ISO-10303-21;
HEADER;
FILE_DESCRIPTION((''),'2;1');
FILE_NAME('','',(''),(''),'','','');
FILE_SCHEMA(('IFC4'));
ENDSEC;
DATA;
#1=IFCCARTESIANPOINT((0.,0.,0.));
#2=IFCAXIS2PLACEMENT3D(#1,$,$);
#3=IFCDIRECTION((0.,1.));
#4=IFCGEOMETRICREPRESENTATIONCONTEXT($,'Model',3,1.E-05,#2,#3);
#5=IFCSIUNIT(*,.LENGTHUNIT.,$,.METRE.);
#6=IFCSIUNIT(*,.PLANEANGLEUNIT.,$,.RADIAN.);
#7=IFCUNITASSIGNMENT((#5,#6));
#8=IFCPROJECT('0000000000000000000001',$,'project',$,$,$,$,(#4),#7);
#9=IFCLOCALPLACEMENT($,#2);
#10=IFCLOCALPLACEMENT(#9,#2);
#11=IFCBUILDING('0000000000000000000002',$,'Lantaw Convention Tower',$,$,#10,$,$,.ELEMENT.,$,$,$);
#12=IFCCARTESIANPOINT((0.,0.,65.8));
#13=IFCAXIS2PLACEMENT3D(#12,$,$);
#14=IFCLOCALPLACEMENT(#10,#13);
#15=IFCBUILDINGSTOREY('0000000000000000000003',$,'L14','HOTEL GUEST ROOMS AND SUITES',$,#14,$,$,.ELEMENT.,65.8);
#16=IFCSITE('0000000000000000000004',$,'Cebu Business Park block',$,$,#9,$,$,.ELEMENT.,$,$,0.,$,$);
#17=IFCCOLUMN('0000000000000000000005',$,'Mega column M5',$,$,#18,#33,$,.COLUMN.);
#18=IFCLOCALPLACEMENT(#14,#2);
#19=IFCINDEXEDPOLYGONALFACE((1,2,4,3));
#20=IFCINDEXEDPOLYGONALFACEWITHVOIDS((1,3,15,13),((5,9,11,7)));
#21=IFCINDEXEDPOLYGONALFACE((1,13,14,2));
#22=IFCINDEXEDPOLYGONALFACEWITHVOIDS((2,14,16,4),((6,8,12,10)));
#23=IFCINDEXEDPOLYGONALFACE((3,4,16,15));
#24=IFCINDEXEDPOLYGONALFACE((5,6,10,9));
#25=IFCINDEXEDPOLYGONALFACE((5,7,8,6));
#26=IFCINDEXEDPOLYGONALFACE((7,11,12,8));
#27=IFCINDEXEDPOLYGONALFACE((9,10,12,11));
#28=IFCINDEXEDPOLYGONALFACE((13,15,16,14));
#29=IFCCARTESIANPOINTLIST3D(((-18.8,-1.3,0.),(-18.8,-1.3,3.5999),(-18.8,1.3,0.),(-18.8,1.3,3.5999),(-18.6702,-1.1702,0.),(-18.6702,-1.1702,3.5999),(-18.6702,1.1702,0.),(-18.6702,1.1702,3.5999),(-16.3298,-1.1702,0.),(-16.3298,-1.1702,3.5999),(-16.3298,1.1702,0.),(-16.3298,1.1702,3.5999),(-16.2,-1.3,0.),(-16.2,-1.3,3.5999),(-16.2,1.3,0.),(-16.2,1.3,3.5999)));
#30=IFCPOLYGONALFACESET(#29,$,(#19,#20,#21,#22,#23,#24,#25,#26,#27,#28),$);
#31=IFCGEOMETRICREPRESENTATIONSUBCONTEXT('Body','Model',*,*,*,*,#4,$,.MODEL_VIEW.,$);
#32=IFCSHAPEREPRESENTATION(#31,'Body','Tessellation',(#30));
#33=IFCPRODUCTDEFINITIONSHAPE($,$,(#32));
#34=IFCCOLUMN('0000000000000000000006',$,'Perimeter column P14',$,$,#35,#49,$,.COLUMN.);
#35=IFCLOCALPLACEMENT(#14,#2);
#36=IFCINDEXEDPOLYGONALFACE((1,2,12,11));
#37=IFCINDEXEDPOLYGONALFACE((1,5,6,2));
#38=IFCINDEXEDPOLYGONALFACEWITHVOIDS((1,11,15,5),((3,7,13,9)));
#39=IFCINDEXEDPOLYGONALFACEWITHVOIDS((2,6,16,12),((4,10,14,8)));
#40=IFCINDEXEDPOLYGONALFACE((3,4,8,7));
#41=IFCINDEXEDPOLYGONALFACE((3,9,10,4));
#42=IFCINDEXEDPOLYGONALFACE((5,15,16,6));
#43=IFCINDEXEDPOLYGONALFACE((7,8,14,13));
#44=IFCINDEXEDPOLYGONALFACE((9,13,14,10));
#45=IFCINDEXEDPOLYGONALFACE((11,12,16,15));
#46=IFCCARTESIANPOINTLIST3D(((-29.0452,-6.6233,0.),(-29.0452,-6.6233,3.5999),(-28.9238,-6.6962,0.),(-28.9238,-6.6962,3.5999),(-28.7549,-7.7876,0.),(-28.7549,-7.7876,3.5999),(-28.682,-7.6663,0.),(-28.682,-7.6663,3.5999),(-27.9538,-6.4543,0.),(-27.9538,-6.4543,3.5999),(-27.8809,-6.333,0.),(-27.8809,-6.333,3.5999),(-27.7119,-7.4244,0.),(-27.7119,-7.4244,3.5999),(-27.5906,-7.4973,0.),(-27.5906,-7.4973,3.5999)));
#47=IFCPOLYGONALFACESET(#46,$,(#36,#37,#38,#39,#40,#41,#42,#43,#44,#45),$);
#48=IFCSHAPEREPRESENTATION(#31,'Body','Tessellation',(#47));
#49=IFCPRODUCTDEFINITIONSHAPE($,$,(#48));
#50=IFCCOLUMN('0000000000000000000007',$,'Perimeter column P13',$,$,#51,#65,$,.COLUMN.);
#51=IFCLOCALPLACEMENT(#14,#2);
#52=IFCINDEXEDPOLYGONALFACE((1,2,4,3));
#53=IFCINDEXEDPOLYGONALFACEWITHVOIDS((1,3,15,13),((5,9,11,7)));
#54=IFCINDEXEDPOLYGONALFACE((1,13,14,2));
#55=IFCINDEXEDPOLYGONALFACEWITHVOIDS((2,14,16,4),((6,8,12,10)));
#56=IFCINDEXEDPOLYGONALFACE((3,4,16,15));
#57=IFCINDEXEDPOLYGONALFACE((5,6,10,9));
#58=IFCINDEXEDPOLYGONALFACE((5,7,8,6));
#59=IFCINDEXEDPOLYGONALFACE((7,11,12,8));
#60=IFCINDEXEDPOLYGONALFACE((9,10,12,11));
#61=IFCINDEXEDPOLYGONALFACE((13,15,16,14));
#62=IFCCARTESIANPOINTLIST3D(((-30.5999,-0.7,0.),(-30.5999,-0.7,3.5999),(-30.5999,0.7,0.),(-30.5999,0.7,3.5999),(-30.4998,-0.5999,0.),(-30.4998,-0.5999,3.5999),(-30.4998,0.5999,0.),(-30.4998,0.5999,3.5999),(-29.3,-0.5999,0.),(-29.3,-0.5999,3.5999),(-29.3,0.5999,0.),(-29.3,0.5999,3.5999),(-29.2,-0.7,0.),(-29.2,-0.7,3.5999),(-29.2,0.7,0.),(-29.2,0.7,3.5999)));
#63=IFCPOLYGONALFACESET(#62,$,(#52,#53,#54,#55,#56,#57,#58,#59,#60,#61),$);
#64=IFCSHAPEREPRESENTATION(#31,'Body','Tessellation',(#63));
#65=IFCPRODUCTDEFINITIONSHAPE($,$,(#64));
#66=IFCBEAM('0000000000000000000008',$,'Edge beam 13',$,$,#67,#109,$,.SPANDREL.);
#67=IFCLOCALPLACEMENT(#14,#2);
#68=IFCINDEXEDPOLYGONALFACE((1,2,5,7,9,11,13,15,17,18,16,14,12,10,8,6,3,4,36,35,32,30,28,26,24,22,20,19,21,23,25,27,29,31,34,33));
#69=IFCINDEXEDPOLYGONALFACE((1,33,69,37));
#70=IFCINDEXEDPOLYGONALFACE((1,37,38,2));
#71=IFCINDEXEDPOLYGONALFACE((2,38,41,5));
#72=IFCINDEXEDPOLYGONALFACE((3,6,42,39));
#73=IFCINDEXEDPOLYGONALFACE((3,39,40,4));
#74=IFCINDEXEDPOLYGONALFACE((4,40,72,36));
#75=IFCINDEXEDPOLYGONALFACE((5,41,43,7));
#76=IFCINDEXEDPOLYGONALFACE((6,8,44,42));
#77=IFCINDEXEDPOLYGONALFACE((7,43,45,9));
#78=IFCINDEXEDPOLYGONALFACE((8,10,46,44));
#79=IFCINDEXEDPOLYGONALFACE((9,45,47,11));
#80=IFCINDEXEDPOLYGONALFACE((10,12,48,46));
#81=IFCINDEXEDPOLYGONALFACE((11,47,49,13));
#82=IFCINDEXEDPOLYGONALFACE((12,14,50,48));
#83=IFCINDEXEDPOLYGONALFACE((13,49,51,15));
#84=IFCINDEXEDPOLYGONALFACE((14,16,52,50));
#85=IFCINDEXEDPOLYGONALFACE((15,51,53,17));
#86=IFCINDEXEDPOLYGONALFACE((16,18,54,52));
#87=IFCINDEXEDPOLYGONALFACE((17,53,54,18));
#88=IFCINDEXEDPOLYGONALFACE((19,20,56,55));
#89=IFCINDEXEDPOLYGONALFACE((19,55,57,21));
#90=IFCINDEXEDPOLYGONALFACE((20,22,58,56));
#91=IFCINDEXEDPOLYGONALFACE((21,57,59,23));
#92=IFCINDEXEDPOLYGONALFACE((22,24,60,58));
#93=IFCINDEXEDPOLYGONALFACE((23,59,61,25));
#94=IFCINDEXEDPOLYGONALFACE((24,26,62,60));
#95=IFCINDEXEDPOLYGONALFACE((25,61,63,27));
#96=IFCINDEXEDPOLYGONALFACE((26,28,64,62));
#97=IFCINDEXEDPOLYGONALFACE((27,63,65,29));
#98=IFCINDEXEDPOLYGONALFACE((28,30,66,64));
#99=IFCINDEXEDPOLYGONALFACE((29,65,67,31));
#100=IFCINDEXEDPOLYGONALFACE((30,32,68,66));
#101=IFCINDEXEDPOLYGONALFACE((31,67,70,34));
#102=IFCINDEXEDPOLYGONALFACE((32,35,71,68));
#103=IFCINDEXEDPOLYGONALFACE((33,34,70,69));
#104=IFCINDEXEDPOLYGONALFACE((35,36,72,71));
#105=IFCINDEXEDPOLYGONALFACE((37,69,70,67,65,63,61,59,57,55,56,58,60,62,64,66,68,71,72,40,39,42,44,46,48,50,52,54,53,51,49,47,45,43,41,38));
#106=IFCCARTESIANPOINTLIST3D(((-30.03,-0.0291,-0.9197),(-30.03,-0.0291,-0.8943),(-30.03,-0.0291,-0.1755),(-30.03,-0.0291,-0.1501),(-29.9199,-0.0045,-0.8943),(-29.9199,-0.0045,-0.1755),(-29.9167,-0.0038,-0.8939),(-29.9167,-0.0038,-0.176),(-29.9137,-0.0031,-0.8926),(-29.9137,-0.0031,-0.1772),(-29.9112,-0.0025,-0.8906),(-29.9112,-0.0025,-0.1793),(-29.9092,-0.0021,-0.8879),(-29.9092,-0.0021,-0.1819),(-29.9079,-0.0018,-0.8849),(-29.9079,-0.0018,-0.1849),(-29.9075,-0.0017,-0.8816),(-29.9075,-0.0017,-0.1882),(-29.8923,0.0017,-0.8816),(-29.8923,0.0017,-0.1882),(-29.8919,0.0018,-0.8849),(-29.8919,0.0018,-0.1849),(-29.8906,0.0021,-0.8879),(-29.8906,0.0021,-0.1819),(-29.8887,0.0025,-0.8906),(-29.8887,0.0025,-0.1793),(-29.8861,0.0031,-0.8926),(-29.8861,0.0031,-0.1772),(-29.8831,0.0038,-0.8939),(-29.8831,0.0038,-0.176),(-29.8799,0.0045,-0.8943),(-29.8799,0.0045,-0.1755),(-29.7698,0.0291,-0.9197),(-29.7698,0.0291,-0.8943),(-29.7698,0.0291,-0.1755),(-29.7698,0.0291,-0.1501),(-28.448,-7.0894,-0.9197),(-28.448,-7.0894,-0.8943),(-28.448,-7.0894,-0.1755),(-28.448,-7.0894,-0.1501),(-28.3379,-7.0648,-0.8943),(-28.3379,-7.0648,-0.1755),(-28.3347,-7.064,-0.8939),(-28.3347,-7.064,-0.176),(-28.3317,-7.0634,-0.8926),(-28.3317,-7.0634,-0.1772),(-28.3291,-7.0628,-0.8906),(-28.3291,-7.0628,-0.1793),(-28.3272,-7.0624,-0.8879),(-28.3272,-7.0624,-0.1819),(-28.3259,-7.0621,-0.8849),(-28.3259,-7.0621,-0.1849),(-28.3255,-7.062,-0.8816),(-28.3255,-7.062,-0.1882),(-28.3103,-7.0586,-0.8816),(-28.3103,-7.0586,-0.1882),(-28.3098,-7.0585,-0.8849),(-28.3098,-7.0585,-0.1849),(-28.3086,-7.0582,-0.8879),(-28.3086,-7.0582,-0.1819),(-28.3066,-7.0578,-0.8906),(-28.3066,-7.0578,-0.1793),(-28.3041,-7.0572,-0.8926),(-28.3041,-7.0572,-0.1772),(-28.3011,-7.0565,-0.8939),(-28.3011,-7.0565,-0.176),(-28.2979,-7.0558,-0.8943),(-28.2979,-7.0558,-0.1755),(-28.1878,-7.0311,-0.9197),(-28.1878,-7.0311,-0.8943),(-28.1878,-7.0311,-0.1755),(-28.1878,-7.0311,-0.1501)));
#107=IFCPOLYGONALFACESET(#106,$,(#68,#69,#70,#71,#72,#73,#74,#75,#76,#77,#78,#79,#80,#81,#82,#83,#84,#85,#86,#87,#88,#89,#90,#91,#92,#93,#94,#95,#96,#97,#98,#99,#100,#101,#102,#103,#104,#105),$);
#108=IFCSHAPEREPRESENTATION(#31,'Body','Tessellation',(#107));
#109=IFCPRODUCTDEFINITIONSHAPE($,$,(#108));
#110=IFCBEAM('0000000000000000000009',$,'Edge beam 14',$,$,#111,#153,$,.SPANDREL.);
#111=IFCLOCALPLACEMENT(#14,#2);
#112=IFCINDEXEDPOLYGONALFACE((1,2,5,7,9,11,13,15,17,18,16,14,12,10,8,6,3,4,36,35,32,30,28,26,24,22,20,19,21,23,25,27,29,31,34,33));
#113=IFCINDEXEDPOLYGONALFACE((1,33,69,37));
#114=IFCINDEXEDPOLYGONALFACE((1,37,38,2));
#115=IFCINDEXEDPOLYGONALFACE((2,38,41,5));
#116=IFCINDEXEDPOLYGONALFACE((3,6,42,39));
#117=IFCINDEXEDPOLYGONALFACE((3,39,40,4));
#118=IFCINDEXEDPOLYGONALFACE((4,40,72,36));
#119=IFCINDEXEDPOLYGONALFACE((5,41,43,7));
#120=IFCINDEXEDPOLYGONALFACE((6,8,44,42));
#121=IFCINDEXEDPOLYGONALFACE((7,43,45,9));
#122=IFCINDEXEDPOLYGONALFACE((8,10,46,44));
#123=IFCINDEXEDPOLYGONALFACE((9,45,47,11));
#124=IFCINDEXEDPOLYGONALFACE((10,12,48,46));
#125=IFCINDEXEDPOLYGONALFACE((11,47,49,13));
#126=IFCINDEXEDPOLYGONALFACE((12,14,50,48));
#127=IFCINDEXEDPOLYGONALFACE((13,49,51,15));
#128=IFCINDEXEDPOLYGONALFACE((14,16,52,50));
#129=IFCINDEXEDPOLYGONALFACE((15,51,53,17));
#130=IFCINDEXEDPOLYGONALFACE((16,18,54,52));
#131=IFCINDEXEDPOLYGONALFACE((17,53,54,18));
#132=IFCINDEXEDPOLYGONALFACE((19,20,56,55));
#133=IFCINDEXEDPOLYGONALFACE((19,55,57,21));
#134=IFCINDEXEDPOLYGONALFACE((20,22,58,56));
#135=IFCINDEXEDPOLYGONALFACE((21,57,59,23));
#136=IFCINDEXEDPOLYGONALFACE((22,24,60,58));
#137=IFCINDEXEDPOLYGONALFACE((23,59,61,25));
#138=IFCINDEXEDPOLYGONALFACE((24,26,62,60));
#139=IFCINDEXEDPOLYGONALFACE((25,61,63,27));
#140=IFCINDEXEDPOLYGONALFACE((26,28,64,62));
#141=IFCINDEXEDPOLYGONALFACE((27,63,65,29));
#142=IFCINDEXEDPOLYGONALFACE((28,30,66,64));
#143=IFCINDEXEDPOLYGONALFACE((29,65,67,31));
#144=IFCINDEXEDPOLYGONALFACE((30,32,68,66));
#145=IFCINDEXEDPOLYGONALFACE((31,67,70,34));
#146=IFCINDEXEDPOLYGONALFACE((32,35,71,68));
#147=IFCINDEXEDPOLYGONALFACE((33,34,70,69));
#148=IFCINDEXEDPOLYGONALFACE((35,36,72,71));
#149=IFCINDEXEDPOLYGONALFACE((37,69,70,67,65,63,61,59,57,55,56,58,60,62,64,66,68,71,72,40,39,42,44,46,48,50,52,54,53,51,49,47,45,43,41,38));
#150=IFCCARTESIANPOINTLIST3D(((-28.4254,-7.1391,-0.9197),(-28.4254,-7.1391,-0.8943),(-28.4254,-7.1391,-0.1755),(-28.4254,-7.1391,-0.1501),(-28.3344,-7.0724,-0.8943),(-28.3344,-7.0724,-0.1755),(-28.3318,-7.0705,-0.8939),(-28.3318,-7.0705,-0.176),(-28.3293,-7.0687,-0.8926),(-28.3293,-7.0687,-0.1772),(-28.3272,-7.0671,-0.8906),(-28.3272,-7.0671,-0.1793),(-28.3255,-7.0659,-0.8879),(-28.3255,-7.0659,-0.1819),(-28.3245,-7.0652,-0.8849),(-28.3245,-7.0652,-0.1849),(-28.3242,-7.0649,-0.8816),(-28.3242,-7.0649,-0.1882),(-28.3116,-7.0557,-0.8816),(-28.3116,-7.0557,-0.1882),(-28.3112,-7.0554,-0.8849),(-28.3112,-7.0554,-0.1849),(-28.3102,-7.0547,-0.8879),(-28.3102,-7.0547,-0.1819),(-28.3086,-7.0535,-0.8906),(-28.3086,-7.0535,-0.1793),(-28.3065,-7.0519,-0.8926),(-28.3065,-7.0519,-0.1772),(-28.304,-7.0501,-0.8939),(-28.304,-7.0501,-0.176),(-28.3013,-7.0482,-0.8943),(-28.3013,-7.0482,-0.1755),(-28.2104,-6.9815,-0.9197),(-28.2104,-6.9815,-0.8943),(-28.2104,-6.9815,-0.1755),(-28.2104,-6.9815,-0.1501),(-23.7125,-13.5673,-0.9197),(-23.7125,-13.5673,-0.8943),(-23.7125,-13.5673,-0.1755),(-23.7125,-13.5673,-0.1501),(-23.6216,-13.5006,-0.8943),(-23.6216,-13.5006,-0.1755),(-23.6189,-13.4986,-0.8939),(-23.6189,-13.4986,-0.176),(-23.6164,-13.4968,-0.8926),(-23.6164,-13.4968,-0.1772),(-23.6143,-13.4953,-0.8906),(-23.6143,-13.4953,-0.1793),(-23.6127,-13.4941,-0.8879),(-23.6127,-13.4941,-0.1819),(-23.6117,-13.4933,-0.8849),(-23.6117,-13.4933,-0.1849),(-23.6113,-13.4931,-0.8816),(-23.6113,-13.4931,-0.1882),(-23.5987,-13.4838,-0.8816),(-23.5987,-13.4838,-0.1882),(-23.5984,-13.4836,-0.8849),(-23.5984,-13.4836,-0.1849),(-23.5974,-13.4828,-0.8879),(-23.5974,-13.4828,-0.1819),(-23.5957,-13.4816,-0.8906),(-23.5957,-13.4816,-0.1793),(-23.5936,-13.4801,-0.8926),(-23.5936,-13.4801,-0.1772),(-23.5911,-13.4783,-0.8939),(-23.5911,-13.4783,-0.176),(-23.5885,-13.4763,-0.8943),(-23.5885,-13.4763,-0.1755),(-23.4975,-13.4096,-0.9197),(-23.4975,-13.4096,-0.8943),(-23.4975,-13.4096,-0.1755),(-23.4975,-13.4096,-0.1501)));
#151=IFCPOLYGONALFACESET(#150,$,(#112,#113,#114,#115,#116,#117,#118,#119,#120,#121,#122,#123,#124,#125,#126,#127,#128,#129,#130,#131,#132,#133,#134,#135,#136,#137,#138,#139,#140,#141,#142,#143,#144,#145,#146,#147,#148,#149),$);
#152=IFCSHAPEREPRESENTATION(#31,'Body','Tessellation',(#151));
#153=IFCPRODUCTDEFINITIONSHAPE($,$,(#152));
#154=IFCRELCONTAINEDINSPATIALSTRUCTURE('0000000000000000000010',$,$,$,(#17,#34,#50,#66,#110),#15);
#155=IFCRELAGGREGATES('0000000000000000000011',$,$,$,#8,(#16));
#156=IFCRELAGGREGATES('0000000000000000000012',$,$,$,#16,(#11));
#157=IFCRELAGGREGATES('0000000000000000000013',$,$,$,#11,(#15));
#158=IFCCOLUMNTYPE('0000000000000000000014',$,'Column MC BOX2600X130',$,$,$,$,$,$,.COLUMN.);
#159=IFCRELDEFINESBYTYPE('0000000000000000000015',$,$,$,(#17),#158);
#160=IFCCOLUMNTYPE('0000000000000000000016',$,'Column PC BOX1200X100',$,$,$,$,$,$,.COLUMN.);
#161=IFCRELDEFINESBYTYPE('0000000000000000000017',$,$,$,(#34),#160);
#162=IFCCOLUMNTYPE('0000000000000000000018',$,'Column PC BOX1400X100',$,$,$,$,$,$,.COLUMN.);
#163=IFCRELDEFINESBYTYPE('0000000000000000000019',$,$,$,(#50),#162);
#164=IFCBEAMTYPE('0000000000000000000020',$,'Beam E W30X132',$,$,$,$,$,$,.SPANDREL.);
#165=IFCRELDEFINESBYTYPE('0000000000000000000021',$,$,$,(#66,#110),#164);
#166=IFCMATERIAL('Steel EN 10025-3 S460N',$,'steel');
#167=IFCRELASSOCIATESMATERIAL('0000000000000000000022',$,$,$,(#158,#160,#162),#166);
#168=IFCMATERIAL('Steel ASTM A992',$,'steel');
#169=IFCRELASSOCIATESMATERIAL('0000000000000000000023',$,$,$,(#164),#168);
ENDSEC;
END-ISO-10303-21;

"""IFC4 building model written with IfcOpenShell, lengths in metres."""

from ifc_helpers import new_model, si_unit, direction, frame, origin, origin_2d, place, context, subcontext, project, spatial, rectangle, hollow_rectangle, i_section, extrude, material, material_profile, profile_set, type_object, element, save


model = new_model("IFC4")

# Units and contexts
model_context = context("Model", 3, precision=1e-05, world=origin(), true_north=direction((0.0, 1.0)))
body_context = subcontext(model_context, "Body", "Model", "MODEL_VIEW")
ifc_project = project(units=[si_unit("LENGTHUNIT", "METRE"), si_unit("PLANEANGLEUNIT", "RADIAN")], contexts=[model_context])

# Site, building, storey
site_placement = place(None, origin())
site = spatial("IfcSite", under=ifc_project, at=site_placement, Name="Cebu Business Park block", CompositionType="ELEMENT", RefElevation=0.0)
building_placement = place(site_placement, origin())
building = spatial("IfcBuilding", under=site, at=building_placement, Name="Lantaw Convention Tower", CompositionType="ELEMENT")
storey_placement = place(building_placement, frame((0.0, 0.0, 65.8)))
storey = spatial("IfcBuildingStorey", under=building, at=storey_placement, Name="L14", Description="HOTEL GUEST ROOMS AND SUITES", CompositionType="ELEMENT", Elevation=65.8)

# Columns
ifc_material_1 = material(Name="Steel EN 10025-3 S460N", Category="steel")
ifc_material_profile_1 = material_profile(ifc_material_1, hollow_rectangle(XDim=2.6001, YDim=2.6001, WallThickness=0.1299, at=origin_2d()), Name="BOX2600X130")
ifc_material_2 = material(Name="Concrete C60/75", Category="concrete")
ifc_material_profile_2 = material_profile(ifc_material_2, rectangle(XDim=2.3401, YDim=2.3401, at=origin_2d()), Name="Concrete fill of BOX2600X130")
ifc_profile_set_1 = profile_set([ifc_material_profile_1, ifc_material_profile_2], Name="Steel EN 10025-3 S460N")
column_type_1 = type_object("IfcColumnType", Name="Column MC BOX2600X130", PredefinedType="COLUMN", material=ifc_profile_set_1)
column_1_placement = place(storey_placement, frame((-17.5, 0.0, 0.0), z_axis=(0.0, 0.0, 1.0), x_axis=(1.0, 0.0, 0.0)))
element("IfcColumn", 1, at=column_1_placement, inside=storey, type_object=column_type_1, Name="Mega column M5", PredefinedType="COLUMN", context=body_context, shape_type="SweptSolid", body=[
    extrude(hollow_rectangle(XDim=2.6001, YDim=2.6001, WallThickness=0.1299, at=origin_2d()), origin(), (0.0, 0.0, 1.0), 3.5999),
])
ifc_material_profile_3 = material_profile(ifc_material_1, hollow_rectangle(XDim=1.2, YDim=1.2, WallThickness=0.1001, at=origin_2d()), Name="BOX1200X100")
ifc_material_profile_4 = material_profile(ifc_material_2, rectangle(XDim=1.0, YDim=1.0, at=origin_2d()), Name="Concrete fill of BOX1200X100")
ifc_profile_set_2 = profile_set([ifc_material_profile_3, ifc_material_profile_4], Name="Steel EN 10025-3 S460N")
column_type_2 = type_object("IfcColumnType", Name="Column PC BOX1200X100", PredefinedType="COLUMN", material=ifc_profile_set_2)
column_2_placement = place(storey_placement, frame((-28.3179, -7.0603, 0.0), z_axis=(0.0, 0.0, 1.0), x_axis=(0.970296, 0.241922, 0.0)))
element("IfcColumn", 2, at=column_2_placement, inside=storey, type_object=column_type_2, Name="Perimeter column P14", PredefinedType="COLUMN", context=body_context, shape_type="SweptSolid", body=[
    extrude(hollow_rectangle(XDim=1.2, YDim=1.2, WallThickness=0.1001, at=origin_2d()), origin(), (0.0, 0.0, 1.0), 3.5999),
])
ifc_material_profile_5 = material_profile(ifc_material_1, hollow_rectangle(XDim=1.3999, YDim=1.3999, WallThickness=0.1001, at=origin_2d()), Name="BOX1400X100")
ifc_material_profile_6 = material_profile(ifc_material_2, rectangle(XDim=1.2, YDim=1.2, at=origin_2d()), Name="Concrete fill of BOX1400X100")
ifc_profile_set_3 = profile_set([ifc_material_profile_5, ifc_material_profile_6], Name="Steel EN 10025-3 S460N")
column_type_3 = type_object("IfcColumnType", Name="Column PC BOX1400X100", PredefinedType="COLUMN", material=ifc_profile_set_3)
column_3_placement = place(storey_placement, frame((-29.8999, 0.0, 0.0), z_axis=(0.0, 0.0, 1.0), x_axis=(1.0, 0.0, 0.0)))
element("IfcColumn", 3, at=column_3_placement, inside=storey, type_object=column_type_3, Name="Perimeter column P13", PredefinedType="COLUMN", context=body_context, shape_type="SweptSolid", body=[
    extrude(hollow_rectangle(XDim=1.3999, YDim=1.3999, WallThickness=0.1001, at=origin_2d()), origin(), (0.0, 0.0, 1.0), 3.5999),
])

# Beams
ifc_material_3 = material(Name="Steel ASTM A992", Category="steel")
ifc_material_profile_7 = material_profile(ifc_material_3, i_section(OverallWidth=0.2666, OverallDepth=0.7695, WebThickness=0.0156, FlangeThickness=0.0254, FilletRadius=0.0127, at=origin_2d()), Name="W30X132")
ifc_profile_set_4 = profile_set([ifc_material_profile_7], Name="Steel ASTM A992")
beam_type_1 = type_object("IfcBeamType", Name="Beam E W30X132", PredefinedType="SPANDREL", material=ifc_profile_set_4)
beam_1_placement = place(storey_placement, frame((-29.8999, 0.0, -0.5349), z_axis=(0.218652, -0.975803, 0.0), x_axis=(0.975803, 0.218652, 0.0)))
element("IfcBeam", 4, at=beam_1_placement, inside=storey, type_object=beam_type_1, Name="Edge beam 13", PredefinedType="SPANDREL", context=body_context, shape_type="SweptSolid", body=[
    extrude(i_section(OverallWidth=0.2666, OverallDepth=0.7695, WebThickness=0.0156, FlangeThickness=0.0254, FilletRadius=0.0127, at=origin_2d()), origin(), (0.0, 0.0, 1.0), 7.2354),
])
beam_2_placement = place(storey_placement, frame((-28.3179, -7.0603, -0.5349), z_axis=(0.591271, -0.806473, 0.0), x_axis=(0.806473, 0.591271, 0.0)))
element("IfcBeam", 5, at=beam_2_placement, inside=storey, type_object=beam_type_1, Name="Edge beam 14", PredefinedType="SPANDREL", context=body_context, shape_type="SweptSolid", body=[
    extrude(i_section(OverallWidth=0.2666, OverallDepth=0.7695, WebThickness=0.0156, FlangeThickness=0.0254, FilletRadius=0.0127, at=origin_2d()), origin(), (0.0, 0.0, 1.0), 7.9707),
])

save(model, "model.ifc")
